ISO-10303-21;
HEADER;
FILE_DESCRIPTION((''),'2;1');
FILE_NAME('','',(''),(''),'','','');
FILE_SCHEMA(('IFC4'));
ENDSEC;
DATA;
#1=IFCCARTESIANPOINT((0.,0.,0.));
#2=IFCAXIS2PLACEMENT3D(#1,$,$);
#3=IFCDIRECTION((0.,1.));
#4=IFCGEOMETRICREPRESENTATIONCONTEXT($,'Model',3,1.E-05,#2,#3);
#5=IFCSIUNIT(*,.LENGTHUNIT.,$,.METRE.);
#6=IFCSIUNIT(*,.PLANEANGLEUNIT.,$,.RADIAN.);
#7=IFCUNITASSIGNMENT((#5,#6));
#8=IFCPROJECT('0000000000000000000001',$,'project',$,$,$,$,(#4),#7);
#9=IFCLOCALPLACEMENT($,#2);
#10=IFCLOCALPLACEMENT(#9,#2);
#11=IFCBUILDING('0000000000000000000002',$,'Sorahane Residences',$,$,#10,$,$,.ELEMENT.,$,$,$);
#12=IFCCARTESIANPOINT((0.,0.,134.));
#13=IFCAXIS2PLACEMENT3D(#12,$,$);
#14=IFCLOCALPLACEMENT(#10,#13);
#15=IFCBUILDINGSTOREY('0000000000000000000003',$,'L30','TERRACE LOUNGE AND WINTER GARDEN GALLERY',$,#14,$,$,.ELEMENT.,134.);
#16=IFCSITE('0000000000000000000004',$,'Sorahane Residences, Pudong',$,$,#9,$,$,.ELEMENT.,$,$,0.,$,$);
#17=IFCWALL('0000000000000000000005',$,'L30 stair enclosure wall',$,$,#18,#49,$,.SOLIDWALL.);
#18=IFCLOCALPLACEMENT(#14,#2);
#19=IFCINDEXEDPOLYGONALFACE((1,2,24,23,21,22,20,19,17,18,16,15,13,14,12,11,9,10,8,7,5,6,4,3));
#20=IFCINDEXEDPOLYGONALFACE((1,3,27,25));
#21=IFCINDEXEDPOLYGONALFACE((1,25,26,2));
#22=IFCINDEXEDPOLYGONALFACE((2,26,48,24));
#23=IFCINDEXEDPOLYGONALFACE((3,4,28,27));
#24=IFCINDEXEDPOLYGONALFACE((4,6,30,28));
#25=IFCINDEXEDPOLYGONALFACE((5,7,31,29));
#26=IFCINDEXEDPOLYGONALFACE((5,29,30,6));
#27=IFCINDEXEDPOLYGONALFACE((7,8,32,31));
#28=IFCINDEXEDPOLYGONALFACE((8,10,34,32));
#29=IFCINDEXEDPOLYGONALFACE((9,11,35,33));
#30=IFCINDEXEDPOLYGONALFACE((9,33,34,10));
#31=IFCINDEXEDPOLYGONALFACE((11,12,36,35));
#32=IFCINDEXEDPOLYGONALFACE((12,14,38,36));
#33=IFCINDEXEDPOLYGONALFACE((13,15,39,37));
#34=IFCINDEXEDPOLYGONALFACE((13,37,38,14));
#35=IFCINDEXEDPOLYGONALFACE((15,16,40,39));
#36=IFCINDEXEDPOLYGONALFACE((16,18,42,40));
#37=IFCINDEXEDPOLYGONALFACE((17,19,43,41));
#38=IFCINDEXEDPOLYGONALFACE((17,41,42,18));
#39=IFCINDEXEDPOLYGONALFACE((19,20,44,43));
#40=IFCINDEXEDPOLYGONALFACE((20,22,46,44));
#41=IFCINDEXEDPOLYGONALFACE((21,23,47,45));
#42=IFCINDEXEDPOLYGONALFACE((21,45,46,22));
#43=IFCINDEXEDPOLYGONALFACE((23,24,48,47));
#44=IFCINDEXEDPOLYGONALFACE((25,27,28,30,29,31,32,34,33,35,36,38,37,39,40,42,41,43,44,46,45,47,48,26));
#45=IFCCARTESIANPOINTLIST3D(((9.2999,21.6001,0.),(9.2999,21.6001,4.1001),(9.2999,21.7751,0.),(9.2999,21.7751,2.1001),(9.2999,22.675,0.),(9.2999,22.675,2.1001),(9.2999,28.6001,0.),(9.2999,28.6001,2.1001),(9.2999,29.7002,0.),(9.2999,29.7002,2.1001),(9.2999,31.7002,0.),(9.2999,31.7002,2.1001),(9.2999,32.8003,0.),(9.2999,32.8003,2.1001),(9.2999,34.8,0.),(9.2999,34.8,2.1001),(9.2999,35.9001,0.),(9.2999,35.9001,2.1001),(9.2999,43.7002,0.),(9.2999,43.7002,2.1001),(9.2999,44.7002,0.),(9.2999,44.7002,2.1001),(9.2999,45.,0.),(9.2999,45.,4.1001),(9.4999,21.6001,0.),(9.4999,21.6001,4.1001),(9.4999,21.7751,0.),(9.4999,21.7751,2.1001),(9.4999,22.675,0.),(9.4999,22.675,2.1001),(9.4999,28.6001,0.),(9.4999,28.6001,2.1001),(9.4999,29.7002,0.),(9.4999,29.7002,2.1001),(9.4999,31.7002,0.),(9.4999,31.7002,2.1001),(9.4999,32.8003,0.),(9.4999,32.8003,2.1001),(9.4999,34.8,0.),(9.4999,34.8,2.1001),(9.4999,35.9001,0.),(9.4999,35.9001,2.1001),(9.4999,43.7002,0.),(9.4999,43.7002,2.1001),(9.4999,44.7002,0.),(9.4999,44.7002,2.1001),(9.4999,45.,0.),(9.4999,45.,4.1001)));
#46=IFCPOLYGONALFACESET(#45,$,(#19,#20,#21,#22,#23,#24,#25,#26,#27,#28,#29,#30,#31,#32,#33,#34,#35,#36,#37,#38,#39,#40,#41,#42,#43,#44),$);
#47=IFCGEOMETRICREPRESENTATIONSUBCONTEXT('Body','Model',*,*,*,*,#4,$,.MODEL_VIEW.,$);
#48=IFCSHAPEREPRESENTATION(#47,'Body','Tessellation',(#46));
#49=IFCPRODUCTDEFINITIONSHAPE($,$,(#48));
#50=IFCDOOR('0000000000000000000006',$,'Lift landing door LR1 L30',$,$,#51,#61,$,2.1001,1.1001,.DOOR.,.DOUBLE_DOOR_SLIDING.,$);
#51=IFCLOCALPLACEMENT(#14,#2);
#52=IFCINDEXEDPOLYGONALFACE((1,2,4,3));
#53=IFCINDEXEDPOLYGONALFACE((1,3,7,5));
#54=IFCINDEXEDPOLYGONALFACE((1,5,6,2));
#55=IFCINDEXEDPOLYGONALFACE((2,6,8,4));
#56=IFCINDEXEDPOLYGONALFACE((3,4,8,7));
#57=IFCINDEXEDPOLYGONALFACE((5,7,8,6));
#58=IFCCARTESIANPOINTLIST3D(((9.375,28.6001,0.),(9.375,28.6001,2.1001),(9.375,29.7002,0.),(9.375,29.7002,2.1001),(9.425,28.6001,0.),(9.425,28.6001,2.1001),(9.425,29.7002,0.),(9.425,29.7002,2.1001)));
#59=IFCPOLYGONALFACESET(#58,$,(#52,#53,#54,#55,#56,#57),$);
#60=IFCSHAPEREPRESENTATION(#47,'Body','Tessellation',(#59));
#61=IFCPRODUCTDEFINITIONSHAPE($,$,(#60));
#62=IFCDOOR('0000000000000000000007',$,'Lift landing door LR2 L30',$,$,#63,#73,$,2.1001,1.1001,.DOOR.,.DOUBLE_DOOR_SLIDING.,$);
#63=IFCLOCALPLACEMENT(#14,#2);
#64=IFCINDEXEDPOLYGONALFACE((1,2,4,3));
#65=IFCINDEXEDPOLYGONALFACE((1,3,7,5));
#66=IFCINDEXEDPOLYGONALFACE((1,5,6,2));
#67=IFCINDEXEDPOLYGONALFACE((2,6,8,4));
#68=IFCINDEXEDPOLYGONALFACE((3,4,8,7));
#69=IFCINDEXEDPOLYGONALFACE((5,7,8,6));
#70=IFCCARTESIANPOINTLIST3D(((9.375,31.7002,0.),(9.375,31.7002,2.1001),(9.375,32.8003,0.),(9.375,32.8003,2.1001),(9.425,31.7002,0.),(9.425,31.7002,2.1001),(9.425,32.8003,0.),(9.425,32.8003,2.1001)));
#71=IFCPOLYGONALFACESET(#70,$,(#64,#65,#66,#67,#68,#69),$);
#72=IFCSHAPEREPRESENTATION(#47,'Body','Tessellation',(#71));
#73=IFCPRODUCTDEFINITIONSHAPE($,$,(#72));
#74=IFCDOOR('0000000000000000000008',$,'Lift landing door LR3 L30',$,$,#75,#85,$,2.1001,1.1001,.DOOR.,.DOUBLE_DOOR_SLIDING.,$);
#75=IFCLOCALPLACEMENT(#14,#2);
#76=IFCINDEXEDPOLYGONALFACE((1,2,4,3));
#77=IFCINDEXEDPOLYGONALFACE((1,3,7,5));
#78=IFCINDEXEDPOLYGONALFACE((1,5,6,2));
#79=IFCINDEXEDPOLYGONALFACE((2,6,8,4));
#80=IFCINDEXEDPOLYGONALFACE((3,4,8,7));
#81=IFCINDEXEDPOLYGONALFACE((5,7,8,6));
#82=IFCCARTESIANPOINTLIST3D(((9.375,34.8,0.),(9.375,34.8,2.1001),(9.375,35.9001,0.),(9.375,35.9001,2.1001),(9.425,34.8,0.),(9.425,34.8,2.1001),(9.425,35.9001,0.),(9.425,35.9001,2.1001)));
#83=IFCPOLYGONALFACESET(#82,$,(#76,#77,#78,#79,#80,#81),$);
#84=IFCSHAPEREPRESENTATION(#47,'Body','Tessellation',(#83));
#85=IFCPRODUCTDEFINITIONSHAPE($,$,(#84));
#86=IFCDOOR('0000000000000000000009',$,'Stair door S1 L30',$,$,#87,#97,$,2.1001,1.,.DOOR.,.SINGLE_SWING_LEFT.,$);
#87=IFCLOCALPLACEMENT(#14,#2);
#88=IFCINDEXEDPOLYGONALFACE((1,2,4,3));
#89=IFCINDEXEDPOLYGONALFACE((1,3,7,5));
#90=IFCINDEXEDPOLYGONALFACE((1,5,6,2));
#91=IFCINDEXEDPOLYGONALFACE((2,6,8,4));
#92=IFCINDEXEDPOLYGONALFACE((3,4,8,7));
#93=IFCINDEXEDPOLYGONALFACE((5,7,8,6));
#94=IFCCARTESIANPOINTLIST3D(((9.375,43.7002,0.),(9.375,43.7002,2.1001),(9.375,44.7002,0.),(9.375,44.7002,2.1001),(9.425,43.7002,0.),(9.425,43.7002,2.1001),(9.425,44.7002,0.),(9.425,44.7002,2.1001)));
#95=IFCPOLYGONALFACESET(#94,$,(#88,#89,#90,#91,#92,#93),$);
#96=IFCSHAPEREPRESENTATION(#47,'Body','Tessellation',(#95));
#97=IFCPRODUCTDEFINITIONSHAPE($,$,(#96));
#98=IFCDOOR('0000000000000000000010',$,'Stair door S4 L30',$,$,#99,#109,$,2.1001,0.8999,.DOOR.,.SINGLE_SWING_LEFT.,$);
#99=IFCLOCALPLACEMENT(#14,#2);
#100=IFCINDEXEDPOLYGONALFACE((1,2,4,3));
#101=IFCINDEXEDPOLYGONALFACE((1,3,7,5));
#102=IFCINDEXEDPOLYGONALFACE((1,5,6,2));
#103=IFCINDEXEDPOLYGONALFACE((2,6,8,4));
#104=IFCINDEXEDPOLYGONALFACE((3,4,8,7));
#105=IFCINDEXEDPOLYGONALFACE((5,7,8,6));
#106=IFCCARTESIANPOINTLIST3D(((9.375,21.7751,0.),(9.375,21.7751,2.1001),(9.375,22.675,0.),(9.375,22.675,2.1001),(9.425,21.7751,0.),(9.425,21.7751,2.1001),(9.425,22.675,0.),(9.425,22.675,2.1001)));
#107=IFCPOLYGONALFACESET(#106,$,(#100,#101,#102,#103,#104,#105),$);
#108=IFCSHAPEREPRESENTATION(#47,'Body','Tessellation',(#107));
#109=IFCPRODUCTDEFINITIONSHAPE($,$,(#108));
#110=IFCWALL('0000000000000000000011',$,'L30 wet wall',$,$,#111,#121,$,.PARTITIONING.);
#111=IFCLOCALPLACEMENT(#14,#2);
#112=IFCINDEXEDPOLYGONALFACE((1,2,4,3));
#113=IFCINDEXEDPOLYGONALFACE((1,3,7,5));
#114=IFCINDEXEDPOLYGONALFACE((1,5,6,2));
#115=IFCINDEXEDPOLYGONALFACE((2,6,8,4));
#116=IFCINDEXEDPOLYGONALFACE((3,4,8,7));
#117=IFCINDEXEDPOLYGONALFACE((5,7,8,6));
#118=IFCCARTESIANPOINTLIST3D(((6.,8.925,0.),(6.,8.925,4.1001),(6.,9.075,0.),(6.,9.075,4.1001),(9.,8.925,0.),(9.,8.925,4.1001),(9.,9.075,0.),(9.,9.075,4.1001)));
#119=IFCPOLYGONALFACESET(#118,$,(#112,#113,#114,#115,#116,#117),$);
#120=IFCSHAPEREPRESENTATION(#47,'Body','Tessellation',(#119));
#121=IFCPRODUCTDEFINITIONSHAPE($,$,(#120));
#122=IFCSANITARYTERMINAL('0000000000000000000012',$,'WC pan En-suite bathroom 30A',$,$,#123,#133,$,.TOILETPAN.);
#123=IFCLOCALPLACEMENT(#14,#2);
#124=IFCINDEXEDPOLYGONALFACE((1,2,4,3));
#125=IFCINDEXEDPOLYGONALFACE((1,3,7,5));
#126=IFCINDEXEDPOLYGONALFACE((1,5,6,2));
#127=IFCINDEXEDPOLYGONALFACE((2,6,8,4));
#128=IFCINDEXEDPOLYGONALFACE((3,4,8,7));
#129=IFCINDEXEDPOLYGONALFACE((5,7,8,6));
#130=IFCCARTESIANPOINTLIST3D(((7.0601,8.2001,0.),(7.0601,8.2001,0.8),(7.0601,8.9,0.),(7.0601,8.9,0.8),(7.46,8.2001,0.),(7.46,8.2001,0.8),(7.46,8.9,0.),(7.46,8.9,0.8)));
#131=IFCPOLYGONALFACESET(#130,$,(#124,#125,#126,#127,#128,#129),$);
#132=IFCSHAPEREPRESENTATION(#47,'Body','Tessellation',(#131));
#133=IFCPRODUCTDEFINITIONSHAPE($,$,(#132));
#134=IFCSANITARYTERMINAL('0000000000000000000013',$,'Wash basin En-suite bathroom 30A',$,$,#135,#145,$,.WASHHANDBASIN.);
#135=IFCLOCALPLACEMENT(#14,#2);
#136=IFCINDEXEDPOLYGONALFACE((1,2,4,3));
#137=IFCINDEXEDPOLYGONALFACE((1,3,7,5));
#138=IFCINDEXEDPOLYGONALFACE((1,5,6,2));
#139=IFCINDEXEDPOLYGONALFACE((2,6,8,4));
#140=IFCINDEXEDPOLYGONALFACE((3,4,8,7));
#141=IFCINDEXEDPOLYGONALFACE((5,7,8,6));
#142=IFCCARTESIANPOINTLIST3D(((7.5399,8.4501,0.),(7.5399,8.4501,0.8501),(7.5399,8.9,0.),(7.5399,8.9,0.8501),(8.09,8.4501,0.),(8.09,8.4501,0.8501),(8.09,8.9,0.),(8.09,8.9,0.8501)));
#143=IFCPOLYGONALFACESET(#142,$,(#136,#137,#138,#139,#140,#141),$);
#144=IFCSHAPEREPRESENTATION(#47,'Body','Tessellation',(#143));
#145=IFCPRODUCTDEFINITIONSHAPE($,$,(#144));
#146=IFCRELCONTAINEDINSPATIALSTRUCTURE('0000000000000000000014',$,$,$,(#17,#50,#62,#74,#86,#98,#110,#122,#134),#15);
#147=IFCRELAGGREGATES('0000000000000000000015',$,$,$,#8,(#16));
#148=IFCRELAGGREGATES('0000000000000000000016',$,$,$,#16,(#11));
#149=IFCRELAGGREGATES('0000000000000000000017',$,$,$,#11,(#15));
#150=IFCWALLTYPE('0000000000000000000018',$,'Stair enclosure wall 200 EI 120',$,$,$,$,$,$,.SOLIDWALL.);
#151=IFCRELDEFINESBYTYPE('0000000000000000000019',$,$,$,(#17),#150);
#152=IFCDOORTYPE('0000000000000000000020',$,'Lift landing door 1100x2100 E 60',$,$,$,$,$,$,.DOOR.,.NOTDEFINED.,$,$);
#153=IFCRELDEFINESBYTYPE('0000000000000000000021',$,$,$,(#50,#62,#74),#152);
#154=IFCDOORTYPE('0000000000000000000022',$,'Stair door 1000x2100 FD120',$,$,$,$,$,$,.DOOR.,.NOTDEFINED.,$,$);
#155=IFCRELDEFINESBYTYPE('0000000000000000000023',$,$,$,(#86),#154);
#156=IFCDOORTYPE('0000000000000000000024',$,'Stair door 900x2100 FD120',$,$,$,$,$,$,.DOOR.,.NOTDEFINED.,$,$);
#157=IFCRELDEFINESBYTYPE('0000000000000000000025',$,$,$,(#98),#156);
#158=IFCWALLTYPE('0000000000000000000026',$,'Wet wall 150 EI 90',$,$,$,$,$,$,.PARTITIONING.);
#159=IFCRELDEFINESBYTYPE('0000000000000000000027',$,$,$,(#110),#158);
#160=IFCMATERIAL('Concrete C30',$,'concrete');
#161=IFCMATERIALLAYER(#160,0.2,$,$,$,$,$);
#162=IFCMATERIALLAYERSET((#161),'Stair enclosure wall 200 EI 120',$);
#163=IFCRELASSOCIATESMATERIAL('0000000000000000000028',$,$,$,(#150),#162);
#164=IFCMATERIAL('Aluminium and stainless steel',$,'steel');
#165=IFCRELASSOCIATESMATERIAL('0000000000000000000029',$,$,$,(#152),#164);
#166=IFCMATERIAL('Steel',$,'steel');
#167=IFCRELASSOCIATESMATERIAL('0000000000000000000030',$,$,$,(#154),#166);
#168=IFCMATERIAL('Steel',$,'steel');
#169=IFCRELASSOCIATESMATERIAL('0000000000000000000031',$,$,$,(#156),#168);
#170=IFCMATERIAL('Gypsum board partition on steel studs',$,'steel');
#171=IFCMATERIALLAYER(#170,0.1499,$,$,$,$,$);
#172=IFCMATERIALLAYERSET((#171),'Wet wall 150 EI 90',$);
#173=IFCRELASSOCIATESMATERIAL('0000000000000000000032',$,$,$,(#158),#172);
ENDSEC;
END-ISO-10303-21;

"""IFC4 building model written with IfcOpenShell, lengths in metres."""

from ifc_helpers import new_model, si_unit, direction, frame, frame_2d, origin, origin_2d, place, context, subcontext, project, spatial, rectangle, extrude, material, layer, layer_set, type_object, element, fill, save


model = new_model("IFC4")

# Units and contexts
model_context = context("Model", 3, precision=1e-05, world=origin(), true_north=direction((0.0, 1.0)))
body_context = subcontext(model_context, "Body", "Model", "MODEL_VIEW")
ifc_project = project(units=[si_unit("LENGTHUNIT", "METRE"), si_unit("PLANEANGLEUNIT", "RADIAN")], contexts=[model_context])

# Site, building, storey
site_placement = place(None, origin())
site = spatial("IfcSite", under=ifc_project, at=site_placement, Name="Sorahane Residences, Pudong", CompositionType="ELEMENT", RefElevation=0.0)
building_placement = place(site_placement, origin())
building = spatial("IfcBuilding", under=site, at=building_placement, Name="Sorahane Residences", CompositionType="ELEMENT")
storey_placement = place(building_placement, frame((0.0, 0.0, 134.0)))
storey = spatial("IfcBuildingStorey", under=building, at=storey_placement, Name="L30", Description="TERRACE LOUNGE AND WINTER GARDEN GALLERY", CompositionType="ELEMENT", Elevation=134.0)

# Wall, openings, doors
ifc_material_1 = material(Name="Concrete C30", Category="concrete")
ifc_layer_1 = layer(ifc_material_1, 0.2)
ifc_layer_set_1 = layer_set([ifc_layer_1], Name="Stair enclosure wall 200 EI 120")
wall_type_1 = type_object("IfcWallType", Name="Stair enclosure wall 200 EI 120", PredefinedType="SOLIDWALL", material=ifc_layer_set_1)
wall_1_placement = place(storey_placement, frame((9.3999, 21.6001, 0.0), z_axis=(0.0, 0.0, 1.0), x_axis=(0.0, 1.0, 0.0)))
wall_1 = element("IfcWall", 1, at=wall_1_placement, inside=storey, type_object=wall_type_1, Name="L30 stair enclosure wall", PredefinedType="SOLIDWALL", context=body_context, shape_type="SweptSolid", body=[
    extrude(rectangle(XDim=23.3999, YDim=0.2, at=frame_2d((11.7, 0.0))), origin(), (0.0, 0.0, 1.0), 4.1001),
])
opening_1_placement = place(wall_1_placement, frame((7.0, 0.0, 0.0)))
opening_1 = element("IfcOpeningElement", 2, at=opening_1_placement, cuts=wall_1, PredefinedType="OPENING", context=body_context, shape_type="SweptSolid", body=[
    extrude(rectangle(XDim=1.1001, YDim=2.1001, at=frame_2d((0.55, 1.05))), frame((0.0, 0.1099, 0.0), z_axis=(0.0, -1.0, 0.0), x_axis=(1.0, 0.0, 0.0)), (0.0, 0.0, 1.0), 0.22),
])
opening_2_placement = place(wall_1_placement, frame((10.1001, 0.0, 0.0)))
opening_2 = element("IfcOpeningElement", 3, at=opening_2_placement, cuts=wall_1, PredefinedType="OPENING", context=body_context, shape_type="SweptSolid", body=[
    extrude(rectangle(XDim=1.1001, YDim=2.1001, at=frame_2d((0.55, 1.05))), frame((0.0, 0.1099, 0.0), z_axis=(0.0, -1.0, 0.0), x_axis=(1.0, 0.0, 0.0)), (0.0, 0.0, 1.0), 0.22),
])
opening_3_placement = place(wall_1_placement, frame((13.2, 0.0, 0.0)))
opening_3 = element("IfcOpeningElement", 4, at=opening_3_placement, cuts=wall_1, PredefinedType="OPENING", context=body_context, shape_type="SweptSolid", body=[
    extrude(rectangle(XDim=1.1001, YDim=2.1001, at=frame_2d((0.55, 1.05))), frame((0.0, 0.1099, 0.0), z_axis=(0.0, -1.0, 0.0), x_axis=(1.0, 0.0, 0.0)), (0.0, 0.0, 1.0), 0.22),
])
opening_4_placement = place(wall_1_placement, frame((22.1001, 0.0, 0.0)))
opening_4 = element("IfcOpeningElement", 5, at=opening_4_placement, cuts=wall_1, PredefinedType="OPENING", context=body_context, shape_type="SweptSolid", body=[
    extrude(rectangle(XDim=1.0, YDim=2.1001, at=frame_2d((0.5, 1.05))), frame((0.0, 0.1099, 0.0), z_axis=(0.0, -1.0, 0.0), x_axis=(1.0, 0.0, 0.0)), (0.0, 0.0, 1.0), 0.22),
])
opening_5_placement = place(wall_1_placement, frame((0.175, 0.0, 0.0)))
opening_5 = element("IfcOpeningElement", 6, at=opening_5_placement, cuts=wall_1, PredefinedType="OPENING", context=body_context, shape_type="SweptSolid", body=[
    extrude(rectangle(XDim=0.8999, YDim=2.1001, at=frame_2d((0.45, 1.05))), frame((0.0, 0.1099, 0.0), z_axis=(0.0, -1.0, 0.0), x_axis=(1.0, 0.0, 0.0)), (0.0, 0.0, 1.0), 0.22),
])
ifc_material_2 = material(Name="Aluminium and stainless steel", Category="steel")
door_type_1 = type_object("IfcDoorType", Name="Lift landing door 1100x2100 E 60", OperationType="NOTDEFINED", PredefinedType="DOOR", material=ifc_material_2)
door_1_placement = place(opening_1_placement, origin())
door_1 = element("IfcDoor", 7, at=door_1_placement, inside=storey, type_object=door_type_1, Name="Lift landing door LR1 L30", OperationType="DOUBLE_DOOR_SLIDING", OverallHeight=2.1001, OverallWidth=1.1001, PredefinedType="DOOR", context=body_context, shape_type="SweptSolid", body=[
    extrude(rectangle(XDim=1.1001, YDim=2.1001, at=frame_2d((0.55, 1.05))), frame((0.0, 0.0249, 0.0), z_axis=(0.0, -1.0, 0.0), x_axis=(1.0, 0.0, 0.0)), (0.0, 0.0, 1.0), 0.05),
])
fill(opening_1, door_1)
door_2_placement = place(opening_2_placement, origin())
door_2 = element("IfcDoor", 8, at=door_2_placement, inside=storey, type_object=door_type_1, Name="Lift landing door LR2 L30", OperationType="DOUBLE_DOOR_SLIDING", OverallHeight=2.1001, OverallWidth=1.1001, PredefinedType="DOOR", context=body_context, shape_type="SweptSolid", body=[
    extrude(rectangle(XDim=1.1001, YDim=2.1001, at=frame_2d((0.55, 1.05))), frame((0.0, 0.0249, 0.0), z_axis=(0.0, -1.0, 0.0), x_axis=(1.0, 0.0, 0.0)), (0.0, 0.0, 1.0), 0.05),
])
fill(opening_2, door_2)
door_3_placement = place(opening_3_placement, origin())
door_3 = element("IfcDoor", 9, at=door_3_placement, inside=storey, type_object=door_type_1, Name="Lift landing door LR3 L30", OperationType="DOUBLE_DOOR_SLIDING", OverallHeight=2.1001, OverallWidth=1.1001, PredefinedType="DOOR", context=body_context, shape_type="SweptSolid", body=[
    extrude(rectangle(XDim=1.1001, YDim=2.1001, at=frame_2d((0.55, 1.05))), frame((0.0, 0.0249, 0.0), z_axis=(0.0, -1.0, 0.0), x_axis=(1.0, 0.0, 0.0)), (0.0, 0.0, 1.0), 0.05),
])
fill(opening_3, door_3)
ifc_material_3 = material(Name="Steel", Category="steel")
door_type_2 = type_object("IfcDoorType", Name="Stair door 1000x2100 FD120", OperationType="NOTDEFINED", PredefinedType="DOOR", material=ifc_material_3)
door_4_placement = place(opening_4_placement, origin())
door_4 = element("IfcDoor", 10, at=door_4_placement, inside=storey, type_object=door_type_2, Name="Stair door S1 L30", OperationType="SINGLE_SWING_LEFT", OverallHeight=2.1001, OverallWidth=1.0, PredefinedType="DOOR", context=body_context, shape_type="SweptSolid", body=[
    extrude(rectangle(XDim=1.0, YDim=2.1001, at=frame_2d((0.5, 1.05))), frame((0.0, 0.0249, 0.0), z_axis=(0.0, -1.0, 0.0), x_axis=(1.0, 0.0, 0.0)), (0.0, 0.0, 1.0), 0.05),
])
fill(opening_4, door_4)
ifc_material_4 = material(Name="Steel", Category="steel")
door_type_3 = type_object("IfcDoorType", Name="Stair door 900x2100 FD120", OperationType="NOTDEFINED", PredefinedType="DOOR", material=ifc_material_4)
door_5_placement = place(opening_5_placement, origin())
door_5 = element("IfcDoor", 11, at=door_5_placement, inside=storey, type_object=door_type_3, Name="Stair door S4 L30", OperationType="SINGLE_SWING_LEFT", OverallHeight=2.1001, OverallWidth=0.8999, PredefinedType="DOOR", context=body_context, shape_type="SweptSolid", body=[
    extrude(rectangle(XDim=0.8999, YDim=2.1001, at=frame_2d((0.45, 1.05))), frame((0.0, 0.0249, 0.0), z_axis=(0.0, -1.0, 0.0), x_axis=(1.0, 0.0, 0.0)), (0.0, 0.0, 1.0), 0.05),
])
fill(opening_5, door_5)

# Wall
ifc_material_5 = material(Name="Gypsum board partition on steel studs", Category="steel")
ifc_layer_2 = layer(ifc_material_5, 0.1499)
ifc_layer_set_2 = layer_set([ifc_layer_2], Name="Wet wall 150 EI 90")
wall_type_2 = type_object("IfcWallType", Name="Wet wall 150 EI 90", PredefinedType="PARTITIONING", material=ifc_layer_set_2)
wall_2_placement = place(storey_placement, frame((6.0, 9.0, 0.0), z_axis=(0.0, 0.0, 1.0), x_axis=(1.0, 0.0, 0.0)))
element("IfcWall", 12, at=wall_2_placement, inside=storey, type_object=wall_type_2, Name="L30 wet wall", PredefinedType="PARTITIONING", context=body_context, shape_type="SweptSolid", body=[
    extrude(rectangle(XDim=3.0, YDim=0.1499, at=frame_2d((1.5, 0.0))), origin(), (0.0, 0.0, 1.0), 4.1001),
])

# Sanitary terminals
sanitary_terminal_1_placement = place(storey_placement, frame((7.26, 8.55, 0.0), z_axis=(0.0, 0.0, 1.0), x_axis=(1.0, 0.0, 0.0)))
element("IfcSanitaryTerminal", 13, at=sanitary_terminal_1_placement, inside=storey, Name="WC pan En-suite bathroom 30A", PredefinedType="TOILETPAN", context=body_context, shape_type="SweptSolid", body=[
    extrude(rectangle(XDim=0.3999, YDim=0.7, at=origin_2d()), origin(), (0.0, 0.0, 1.0), 0.8),
])
sanitary_terminal_2_placement = place(storey_placement, frame((7.8149, 8.675, 0.0), z_axis=(0.0, 0.0, 1.0), x_axis=(1.0, 0.0, 0.0)))
element("IfcSanitaryTerminal", 14, at=sanitary_terminal_2_placement, inside=storey, Name="Wash basin En-suite bathroom 30A", PredefinedType="WASHHANDBASIN", context=body_context, shape_type="SweptSolid", body=[
    extrude(rectangle(XDim=0.55, YDim=0.45, at=origin_2d()), origin(), (0.0, 0.0, 1.0), 0.8501),
])

save(model, "model.ifc")
